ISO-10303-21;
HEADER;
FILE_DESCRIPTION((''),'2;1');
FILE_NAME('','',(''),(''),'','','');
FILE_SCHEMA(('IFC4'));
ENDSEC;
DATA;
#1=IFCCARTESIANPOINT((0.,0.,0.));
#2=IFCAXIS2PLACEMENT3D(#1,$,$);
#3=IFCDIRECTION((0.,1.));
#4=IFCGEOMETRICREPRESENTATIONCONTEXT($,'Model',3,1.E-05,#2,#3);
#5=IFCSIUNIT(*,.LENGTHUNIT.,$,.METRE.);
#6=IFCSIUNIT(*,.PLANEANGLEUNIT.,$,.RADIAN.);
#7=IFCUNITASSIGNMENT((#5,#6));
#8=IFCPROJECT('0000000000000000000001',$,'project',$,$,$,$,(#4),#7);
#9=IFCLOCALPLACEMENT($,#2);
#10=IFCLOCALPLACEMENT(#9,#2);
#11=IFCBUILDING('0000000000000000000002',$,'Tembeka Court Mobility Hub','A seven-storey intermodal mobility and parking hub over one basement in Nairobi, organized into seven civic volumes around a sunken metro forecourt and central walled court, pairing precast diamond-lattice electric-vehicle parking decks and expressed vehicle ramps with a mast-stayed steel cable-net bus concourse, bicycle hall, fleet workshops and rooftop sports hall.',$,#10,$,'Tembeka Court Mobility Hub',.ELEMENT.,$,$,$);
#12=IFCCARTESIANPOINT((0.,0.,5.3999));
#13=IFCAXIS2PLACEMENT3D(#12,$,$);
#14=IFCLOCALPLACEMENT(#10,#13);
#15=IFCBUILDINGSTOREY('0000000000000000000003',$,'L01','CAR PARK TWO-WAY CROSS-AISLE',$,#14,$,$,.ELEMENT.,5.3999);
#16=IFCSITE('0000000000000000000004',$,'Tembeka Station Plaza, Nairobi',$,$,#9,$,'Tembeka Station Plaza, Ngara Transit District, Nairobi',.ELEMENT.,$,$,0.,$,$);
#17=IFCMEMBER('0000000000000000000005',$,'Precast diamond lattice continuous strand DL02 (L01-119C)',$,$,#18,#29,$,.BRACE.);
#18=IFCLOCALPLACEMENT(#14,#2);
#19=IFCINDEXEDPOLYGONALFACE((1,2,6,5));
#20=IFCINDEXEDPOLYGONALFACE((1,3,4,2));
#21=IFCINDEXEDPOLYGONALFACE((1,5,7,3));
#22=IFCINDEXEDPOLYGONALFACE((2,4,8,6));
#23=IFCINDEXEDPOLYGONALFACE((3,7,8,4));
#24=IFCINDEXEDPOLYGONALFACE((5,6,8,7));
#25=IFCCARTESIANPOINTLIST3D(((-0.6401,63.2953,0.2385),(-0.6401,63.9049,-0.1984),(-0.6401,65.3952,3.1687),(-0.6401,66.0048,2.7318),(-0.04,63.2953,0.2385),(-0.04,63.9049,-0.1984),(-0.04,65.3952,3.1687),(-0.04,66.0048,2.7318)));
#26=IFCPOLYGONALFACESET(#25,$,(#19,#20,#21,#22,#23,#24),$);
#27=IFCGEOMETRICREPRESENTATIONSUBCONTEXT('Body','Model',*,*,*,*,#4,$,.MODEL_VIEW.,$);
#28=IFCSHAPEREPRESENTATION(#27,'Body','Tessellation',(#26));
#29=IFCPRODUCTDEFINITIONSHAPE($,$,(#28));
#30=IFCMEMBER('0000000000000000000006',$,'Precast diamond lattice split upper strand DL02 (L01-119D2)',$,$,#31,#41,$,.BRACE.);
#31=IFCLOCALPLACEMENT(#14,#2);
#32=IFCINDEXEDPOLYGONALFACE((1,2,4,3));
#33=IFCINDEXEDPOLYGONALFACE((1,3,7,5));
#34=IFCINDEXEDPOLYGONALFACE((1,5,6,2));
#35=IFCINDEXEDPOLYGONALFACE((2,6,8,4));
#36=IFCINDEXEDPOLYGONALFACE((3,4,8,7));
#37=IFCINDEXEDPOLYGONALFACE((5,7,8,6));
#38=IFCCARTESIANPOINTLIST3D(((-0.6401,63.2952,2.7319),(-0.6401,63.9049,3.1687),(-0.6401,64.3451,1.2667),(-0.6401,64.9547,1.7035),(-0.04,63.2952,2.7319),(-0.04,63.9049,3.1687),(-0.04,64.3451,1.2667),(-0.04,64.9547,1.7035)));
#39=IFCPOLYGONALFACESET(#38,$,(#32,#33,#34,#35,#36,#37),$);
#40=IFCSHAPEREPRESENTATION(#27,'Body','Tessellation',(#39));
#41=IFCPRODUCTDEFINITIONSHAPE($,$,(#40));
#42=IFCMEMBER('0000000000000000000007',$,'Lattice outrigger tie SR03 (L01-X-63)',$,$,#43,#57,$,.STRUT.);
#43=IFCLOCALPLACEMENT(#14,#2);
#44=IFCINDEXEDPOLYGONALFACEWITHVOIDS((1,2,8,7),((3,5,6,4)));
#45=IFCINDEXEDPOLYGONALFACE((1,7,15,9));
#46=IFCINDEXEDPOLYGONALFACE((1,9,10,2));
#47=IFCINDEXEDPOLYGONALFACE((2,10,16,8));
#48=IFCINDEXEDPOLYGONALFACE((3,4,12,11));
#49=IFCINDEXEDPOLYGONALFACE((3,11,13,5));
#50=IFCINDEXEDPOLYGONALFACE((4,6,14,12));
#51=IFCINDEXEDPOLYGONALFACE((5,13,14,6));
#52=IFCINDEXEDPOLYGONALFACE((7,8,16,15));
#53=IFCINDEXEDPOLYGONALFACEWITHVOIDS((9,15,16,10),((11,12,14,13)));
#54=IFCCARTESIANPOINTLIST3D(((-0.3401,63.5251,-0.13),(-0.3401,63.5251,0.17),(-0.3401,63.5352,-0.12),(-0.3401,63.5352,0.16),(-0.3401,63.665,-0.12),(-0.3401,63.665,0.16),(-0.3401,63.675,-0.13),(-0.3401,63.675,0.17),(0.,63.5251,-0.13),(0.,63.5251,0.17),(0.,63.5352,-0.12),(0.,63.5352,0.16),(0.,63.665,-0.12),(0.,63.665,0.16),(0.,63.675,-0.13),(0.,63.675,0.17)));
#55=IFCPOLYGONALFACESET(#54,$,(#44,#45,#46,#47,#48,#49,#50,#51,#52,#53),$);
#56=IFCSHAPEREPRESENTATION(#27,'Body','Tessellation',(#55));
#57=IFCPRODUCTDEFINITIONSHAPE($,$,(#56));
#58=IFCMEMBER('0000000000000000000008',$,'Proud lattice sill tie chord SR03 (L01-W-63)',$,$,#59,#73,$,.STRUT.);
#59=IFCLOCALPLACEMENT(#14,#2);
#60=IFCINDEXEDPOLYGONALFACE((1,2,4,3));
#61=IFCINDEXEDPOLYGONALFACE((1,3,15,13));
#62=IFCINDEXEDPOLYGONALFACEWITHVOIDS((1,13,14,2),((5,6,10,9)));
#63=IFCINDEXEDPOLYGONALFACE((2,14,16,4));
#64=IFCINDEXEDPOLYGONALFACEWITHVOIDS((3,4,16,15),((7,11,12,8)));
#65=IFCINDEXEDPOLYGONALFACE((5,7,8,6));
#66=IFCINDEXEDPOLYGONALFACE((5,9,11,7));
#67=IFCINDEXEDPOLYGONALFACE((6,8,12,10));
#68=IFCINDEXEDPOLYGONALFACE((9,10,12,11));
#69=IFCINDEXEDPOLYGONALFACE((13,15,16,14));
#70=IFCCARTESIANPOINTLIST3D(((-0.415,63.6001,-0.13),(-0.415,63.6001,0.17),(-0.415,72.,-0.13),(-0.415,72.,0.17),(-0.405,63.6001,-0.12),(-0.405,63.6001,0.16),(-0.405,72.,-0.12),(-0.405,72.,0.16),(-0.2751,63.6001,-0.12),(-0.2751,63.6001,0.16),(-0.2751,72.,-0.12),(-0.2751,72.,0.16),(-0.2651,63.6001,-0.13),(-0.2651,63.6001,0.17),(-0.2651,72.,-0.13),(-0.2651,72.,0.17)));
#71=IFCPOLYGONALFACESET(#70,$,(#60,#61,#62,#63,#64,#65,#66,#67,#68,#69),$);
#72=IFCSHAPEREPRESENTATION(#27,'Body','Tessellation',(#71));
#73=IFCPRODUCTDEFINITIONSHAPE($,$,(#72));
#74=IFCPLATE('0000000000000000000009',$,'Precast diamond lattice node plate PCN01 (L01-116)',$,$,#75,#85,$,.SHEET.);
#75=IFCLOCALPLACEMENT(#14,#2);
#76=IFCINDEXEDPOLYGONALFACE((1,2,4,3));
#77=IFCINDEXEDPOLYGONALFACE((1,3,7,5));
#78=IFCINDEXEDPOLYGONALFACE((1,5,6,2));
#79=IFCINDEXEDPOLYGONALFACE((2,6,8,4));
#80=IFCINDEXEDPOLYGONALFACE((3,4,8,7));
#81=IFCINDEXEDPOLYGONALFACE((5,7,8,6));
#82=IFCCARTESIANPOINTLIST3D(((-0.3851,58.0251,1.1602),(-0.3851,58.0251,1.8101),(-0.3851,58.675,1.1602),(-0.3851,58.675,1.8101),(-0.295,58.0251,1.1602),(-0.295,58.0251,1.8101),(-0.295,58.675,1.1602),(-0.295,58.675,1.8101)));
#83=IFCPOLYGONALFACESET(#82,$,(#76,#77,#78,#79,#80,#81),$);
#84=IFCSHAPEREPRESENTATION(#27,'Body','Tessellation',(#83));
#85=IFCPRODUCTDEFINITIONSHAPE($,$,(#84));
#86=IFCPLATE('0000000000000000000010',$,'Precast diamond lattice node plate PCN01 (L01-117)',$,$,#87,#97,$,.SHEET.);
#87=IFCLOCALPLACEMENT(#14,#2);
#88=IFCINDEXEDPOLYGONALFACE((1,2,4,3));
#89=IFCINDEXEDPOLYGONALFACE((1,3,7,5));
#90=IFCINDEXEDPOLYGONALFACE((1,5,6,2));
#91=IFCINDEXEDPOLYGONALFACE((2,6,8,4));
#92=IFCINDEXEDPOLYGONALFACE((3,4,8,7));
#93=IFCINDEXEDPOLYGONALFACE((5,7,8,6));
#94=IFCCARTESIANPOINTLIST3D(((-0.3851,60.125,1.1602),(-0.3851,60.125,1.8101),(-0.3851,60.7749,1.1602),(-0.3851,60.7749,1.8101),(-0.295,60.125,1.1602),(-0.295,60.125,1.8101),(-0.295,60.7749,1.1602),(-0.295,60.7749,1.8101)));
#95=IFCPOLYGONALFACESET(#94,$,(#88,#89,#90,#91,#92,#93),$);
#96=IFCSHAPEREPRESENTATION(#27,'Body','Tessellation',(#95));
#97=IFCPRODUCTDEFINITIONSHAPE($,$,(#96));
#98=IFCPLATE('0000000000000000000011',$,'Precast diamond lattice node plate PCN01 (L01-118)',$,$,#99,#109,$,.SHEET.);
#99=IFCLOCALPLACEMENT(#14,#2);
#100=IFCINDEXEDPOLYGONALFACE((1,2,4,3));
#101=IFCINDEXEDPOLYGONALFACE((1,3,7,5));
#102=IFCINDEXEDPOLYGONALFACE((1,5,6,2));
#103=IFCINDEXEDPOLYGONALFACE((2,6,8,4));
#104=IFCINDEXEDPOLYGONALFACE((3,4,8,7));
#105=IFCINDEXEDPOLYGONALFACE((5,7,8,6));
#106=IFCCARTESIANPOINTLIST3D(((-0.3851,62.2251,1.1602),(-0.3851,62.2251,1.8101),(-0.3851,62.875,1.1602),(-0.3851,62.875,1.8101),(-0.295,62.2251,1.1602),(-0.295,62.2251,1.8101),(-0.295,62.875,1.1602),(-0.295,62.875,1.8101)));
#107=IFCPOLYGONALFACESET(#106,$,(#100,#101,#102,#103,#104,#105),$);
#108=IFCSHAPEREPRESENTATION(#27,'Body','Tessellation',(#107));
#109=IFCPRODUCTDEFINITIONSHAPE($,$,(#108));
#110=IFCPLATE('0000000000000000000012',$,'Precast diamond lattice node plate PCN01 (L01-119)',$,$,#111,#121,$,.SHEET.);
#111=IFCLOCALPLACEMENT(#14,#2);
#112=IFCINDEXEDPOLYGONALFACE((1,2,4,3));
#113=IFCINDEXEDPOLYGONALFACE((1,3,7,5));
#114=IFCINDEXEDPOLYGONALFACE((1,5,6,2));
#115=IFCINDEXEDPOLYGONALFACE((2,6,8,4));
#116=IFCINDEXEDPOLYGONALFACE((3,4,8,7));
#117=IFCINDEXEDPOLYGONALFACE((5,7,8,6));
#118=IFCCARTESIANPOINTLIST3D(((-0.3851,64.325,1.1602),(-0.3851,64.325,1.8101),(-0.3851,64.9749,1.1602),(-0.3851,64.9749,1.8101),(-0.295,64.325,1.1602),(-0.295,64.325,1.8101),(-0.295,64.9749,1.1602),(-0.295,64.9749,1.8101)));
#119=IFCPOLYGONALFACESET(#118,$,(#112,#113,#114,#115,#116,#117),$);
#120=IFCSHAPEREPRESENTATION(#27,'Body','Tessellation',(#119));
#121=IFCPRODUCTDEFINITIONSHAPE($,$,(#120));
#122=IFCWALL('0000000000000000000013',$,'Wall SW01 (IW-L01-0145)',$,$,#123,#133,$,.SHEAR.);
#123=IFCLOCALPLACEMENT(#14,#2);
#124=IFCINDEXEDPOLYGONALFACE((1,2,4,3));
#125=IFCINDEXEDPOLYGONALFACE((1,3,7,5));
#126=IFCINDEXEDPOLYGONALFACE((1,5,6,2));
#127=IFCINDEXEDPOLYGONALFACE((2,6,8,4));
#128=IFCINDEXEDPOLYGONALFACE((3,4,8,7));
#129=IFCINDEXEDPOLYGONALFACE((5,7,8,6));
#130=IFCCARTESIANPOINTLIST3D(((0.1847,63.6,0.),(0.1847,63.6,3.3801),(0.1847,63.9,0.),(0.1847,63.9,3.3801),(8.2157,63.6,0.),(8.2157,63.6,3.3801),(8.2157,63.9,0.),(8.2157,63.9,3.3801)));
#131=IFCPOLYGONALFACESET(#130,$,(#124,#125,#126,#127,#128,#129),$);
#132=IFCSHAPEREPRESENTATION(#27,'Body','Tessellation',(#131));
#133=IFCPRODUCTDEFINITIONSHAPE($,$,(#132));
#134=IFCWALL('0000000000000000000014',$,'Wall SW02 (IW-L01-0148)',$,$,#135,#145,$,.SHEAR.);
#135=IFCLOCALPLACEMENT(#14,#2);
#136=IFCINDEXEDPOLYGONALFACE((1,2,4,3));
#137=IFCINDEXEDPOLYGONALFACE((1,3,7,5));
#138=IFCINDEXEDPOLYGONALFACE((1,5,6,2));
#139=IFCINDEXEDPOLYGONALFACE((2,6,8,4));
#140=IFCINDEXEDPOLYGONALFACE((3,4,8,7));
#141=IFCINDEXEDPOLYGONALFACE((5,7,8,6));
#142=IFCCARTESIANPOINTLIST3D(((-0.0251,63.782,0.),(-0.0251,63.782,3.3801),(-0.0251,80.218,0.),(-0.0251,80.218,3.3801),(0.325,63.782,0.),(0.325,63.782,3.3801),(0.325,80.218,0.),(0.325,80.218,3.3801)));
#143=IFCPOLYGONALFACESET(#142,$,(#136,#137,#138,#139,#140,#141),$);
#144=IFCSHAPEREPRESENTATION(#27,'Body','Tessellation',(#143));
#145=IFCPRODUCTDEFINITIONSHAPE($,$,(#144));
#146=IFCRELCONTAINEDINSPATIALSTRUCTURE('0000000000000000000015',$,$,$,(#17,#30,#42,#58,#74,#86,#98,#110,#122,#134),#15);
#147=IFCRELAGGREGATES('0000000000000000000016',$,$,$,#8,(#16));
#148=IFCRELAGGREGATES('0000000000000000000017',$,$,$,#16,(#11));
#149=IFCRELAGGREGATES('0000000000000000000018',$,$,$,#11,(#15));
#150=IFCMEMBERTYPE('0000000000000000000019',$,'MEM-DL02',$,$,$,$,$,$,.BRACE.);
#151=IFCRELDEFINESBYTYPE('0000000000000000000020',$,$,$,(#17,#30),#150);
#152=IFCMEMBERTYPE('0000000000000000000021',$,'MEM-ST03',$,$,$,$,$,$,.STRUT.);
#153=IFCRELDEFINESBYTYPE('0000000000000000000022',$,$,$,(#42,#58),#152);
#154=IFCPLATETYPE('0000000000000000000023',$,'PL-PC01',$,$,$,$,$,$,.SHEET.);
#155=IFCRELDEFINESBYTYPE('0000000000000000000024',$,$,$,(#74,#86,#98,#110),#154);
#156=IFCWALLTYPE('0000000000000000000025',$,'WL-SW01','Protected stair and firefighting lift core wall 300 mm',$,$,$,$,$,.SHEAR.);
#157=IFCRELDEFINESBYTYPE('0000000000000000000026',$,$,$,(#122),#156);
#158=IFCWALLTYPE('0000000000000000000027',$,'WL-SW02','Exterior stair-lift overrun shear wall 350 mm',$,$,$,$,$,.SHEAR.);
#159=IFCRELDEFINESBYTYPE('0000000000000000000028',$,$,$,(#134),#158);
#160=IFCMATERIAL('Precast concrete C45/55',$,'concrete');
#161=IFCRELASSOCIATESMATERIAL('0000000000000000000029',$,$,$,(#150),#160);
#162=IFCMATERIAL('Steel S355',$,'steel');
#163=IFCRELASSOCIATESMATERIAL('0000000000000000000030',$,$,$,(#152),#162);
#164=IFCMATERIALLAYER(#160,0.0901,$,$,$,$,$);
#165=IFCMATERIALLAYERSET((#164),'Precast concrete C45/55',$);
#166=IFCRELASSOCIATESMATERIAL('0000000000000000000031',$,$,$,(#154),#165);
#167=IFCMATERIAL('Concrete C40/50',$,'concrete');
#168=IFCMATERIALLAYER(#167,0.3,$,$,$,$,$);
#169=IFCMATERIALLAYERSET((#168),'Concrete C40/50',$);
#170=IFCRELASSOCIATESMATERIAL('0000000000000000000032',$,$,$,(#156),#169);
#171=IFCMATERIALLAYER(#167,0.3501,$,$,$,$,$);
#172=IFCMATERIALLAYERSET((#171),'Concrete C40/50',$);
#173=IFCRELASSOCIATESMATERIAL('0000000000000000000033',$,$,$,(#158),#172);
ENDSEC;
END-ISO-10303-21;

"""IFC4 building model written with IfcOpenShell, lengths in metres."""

from ifc_helpers import new_model, si_unit, direction, frame, frame_2d, origin, origin_2d, place, context, subcontext, project, spatial, rectangle, hollow_rectangle, extrude, material, layer, layer_set, material_profile, profile_set, type_object, element, save


model = new_model("IFC4")

# Units and contexts
model_context = context("Model", 3, precision=1e-05, world=origin(), true_north=direction((0.0, 1.0)))
body_context = subcontext(model_context, "Body", "Model", "MODEL_VIEW")
ifc_project = project(units=[si_unit("LENGTHUNIT", "METRE"), si_unit("PLANEANGLEUNIT", "RADIAN")], contexts=[model_context])

# Site, building, storey
site_placement = place(None, origin())
site = spatial("IfcSite", under=ifc_project, at=site_placement, Name="Tembeka Station Plaza, Nairobi", LongName="Tembeka Station Plaza, Ngara Transit District, Nairobi", CompositionType="ELEMENT", RefElevation=0.0)
building_placement = place(site_placement, origin())
building = spatial("IfcBuilding", under=site, at=building_placement, Name="Tembeka Court Mobility Hub", Description="A seven-storey intermodal mobility and parking hub over one basement in Nairobi, organized into seven civic volumes around a sunken metro forecourt and central walled court, pairing precast diamond-lattice electric-vehicle parking decks and expressed vehicle ramps with a mast-stayed steel cable-net bus concourse, bicycle hall, fleet workshops and rooftop sports hall.", LongName="Tembeka Court Mobility Hub", CompositionType="ELEMENT")
storey_placement = place(building_placement, frame((0.0, 0.0, 5.3999)))
storey = spatial("IfcBuildingStorey", under=building, at=storey_placement, Name="L01", Description="CAR PARK TWO-WAY CROSS-AISLE", CompositionType="ELEMENT", Elevation=5.3999)

# Shared definitions
ifc_material_1 = material(Name="Steel S355", Category="steel")

# Shared definitions
ifc_material_2 = material(Name="Precast concrete C45/55", Category="concrete")

# Members
ifc_material_profile_1 = material_profile(ifc_material_2, rectangle(XDim=0.6001, YDim=0.75, at=origin_2d()), Name="PC-DIAG 600x750")
ifc_profile_set_1 = profile_set([ifc_material_profile_1], Name="Precast concrete C45/55")
member_type_1 = type_object("IfcMemberType", Name="MEM-DL02", PredefinedType="BRACE", material=ifc_profile_set_1)
member_1_placement = place(storey_placement, frame((-0.3401, 63.6001, 0.02), z_axis=(0.0, 0.5825, 0.812831), x_axis=(-1.0, 0.0, 0.0)))
element("IfcMember", 1, at=member_1_placement, inside=storey, type_object=member_type_1, Name="Precast diamond lattice continuous strand DL02 (L01-119C)", PredefinedType="BRACE", context=body_context, shape_type="SweptSolid", body=[
    extrude(rectangle(XDim=0.6001, YDim=0.75, at=origin_2d()), origin(), (0.0, 0.0, 1.0), 3.605),
])
member_2_placement = place(storey_placement, frame((-0.3401, 64.6499, 1.4851), z_axis=(0.0, -0.582455, 0.812863), x_axis=(1.0, 0.0, 0.0)))
element("IfcMember", 2, at=member_2_placement, inside=storey, type_object=member_type_1, Name="Precast diamond lattice split upper strand DL02 (L01-119D2)", PredefinedType="BRACE", context=body_context, shape_type="SweptSolid", body=[
    extrude(rectangle(XDim=0.6001, YDim=0.75, at=origin_2d()), origin(), (0.0, 0.0, 1.0), 1.8025),
])
ifc_material_profile_2 = material_profile(ifc_material_1, hollow_rectangle(XDim=0.1499, YDim=0.3, WallThickness=0.01, at=origin_2d()), Name="RHS 300x150x10")
ifc_profile_set_2 = profile_set([ifc_material_profile_2], Name="Steel S355")
member_type_2 = type_object("IfcMemberType", Name="MEM-ST03", PredefinedType="STRUT", material=ifc_profile_set_2)
member_3_placement = place(storey_placement, frame((0.0, 63.6001, 0.02), z_axis=(-1.0, 0.0, 0.0), x_axis=(0.0, -1.0, 0.0)))
element("IfcMember", 3, at=member_3_placement, inside=storey, type_object=member_type_2, Name="Lattice outrigger tie SR03 (L01-X-63)", PredefinedType="STRUT", context=body_context, shape_type="SweptSolid", body=[
    extrude(hollow_rectangle(XDim=0.1499, YDim=0.3, WallThickness=0.01, at=origin_2d()), origin(), (0.0, 0.0, 1.0), 0.3401),
])
member_4_placement = place(storey_placement, frame((-0.3401, 63.6001, 0.02), z_axis=(0.0, 1.0, 0.0), x_axis=(-1.0, 0.0, 0.0)))
element("IfcMember", 4, at=member_4_placement, inside=storey, type_object=member_type_2, Name="Proud lattice sill tie chord SR03 (L01-W-63)", PredefinedType="STRUT", context=body_context, shape_type="SweptSolid", body=[
    extrude(hollow_rectangle(XDim=0.1499, YDim=0.3, WallThickness=0.01, at=origin_2d()), origin(), (0.0, 0.0, 1.0), 8.3999),
])

# Plates
ifc_layer_1 = layer(ifc_material_2, 0.0901)
ifc_layer_set_1 = layer_set([ifc_layer_1], Name="Precast concrete C45/55")
plate_type = type_object("IfcPlateType", Name="PL-PC01", PredefinedType="SHEET", material=ifc_layer_set_1)
for number, where, z_axis, x_axis, name in (
    (5, (-0.3401, 58.3501, 1.1602), (0.0, 0.0, 1.0), (1.0, 0.0, 0.0), "Precast diamond lattice node plate PCN01 (L01-116)"),
    (6, (-0.3401, 60.45, 1.1602), (0.0, 0.0, 1.0), (1.0, 0.0, 0.0), "Precast diamond lattice node plate PCN01 (L01-117)"),
    (7, (-0.3401, 62.55, 1.1602), (0.0, 0.0, 1.0), (1.0, 0.0, 0.0), "Precast diamond lattice node plate PCN01 (L01-118)"),
    (8, (-0.3401, 64.6499, 1.1602), (0.0, 0.0, 1.0), (1.0, 0.0, 0.0), "Precast diamond lattice node plate PCN01 (L01-119)"),
):
    element("IfcPlate", number, at=place(storey_placement, frame(where, z_axis=z_axis, x_axis=x_axis)), inside=storey, type_object=plate_type, Name=name, PredefinedType="SHEET", context=body_context, shape_type="SweptSolid", body=[
        extrude(rectangle(XDim=0.0901, YDim=0.6499, at=origin_2d()), origin(), (0.0, 0.0, 1.0), 0.6499),
    ])

# Walls
ifc_material_3 = material(Name="Concrete C40/50", Category="concrete")
ifc_layer_2 = layer(ifc_material_3, 0.3)
ifc_layer_set_2 = layer_set([ifc_layer_2], Name="Concrete C40/50")
wall_type_1 = type_object("IfcWallType", Name="WL-SW01", Description="Protected stair and firefighting lift core wall 300 mm", PredefinedType="SHEAR", material=ifc_layer_set_2)
wall_1_placement = place(storey_placement, frame((0.1846, 63.75, 0.0), z_axis=(0.0, 0.0, 1.0), x_axis=(1.0, 0.0, 0.0)))
element("IfcWall", 9, at=wall_1_placement, inside=storey, type_object=wall_type_1, Name="Wall SW01 (IW-L01-0145)", PredefinedType="SHEAR", context=body_context, shape_type="SweptSolid", body=[
    extrude(rectangle(XDim=8.031, YDim=0.3, at=frame_2d((4.0156, 0.0))), origin(), (0.0, 0.0, 1.0), 3.3801),
])
ifc_layer_3 = layer(ifc_material_3, 0.3501)
ifc_layer_set_3 = layer_set([ifc_layer_3], Name="Concrete C40/50")
wall_type_2 = type_object("IfcWallType", Name="WL-SW02", Description="Exterior stair-lift overrun shear wall 350 mm", PredefinedType="SHEAR", material=ifc_layer_set_3)
wall_2_placement = place(storey_placement, frame((0.1499, 63.782, 0.0), z_axis=(0.0, 0.0, 1.0), x_axis=(0.0, 1.0, 0.0)))
element("IfcWall", 10, at=wall_2_placement, inside=storey, type_object=wall_type_2, Name="Wall SW02 (IW-L01-0148)", PredefinedType="SHEAR", context=body_context, shape_type="SweptSolid", body=[
    extrude(rectangle(XDim=16.436, YDim=0.3501, at=frame_2d((8.218, 0.0))), origin(), (0.0, 0.0, 1.0), 3.3801),
])

save(model, "model.ifc")
